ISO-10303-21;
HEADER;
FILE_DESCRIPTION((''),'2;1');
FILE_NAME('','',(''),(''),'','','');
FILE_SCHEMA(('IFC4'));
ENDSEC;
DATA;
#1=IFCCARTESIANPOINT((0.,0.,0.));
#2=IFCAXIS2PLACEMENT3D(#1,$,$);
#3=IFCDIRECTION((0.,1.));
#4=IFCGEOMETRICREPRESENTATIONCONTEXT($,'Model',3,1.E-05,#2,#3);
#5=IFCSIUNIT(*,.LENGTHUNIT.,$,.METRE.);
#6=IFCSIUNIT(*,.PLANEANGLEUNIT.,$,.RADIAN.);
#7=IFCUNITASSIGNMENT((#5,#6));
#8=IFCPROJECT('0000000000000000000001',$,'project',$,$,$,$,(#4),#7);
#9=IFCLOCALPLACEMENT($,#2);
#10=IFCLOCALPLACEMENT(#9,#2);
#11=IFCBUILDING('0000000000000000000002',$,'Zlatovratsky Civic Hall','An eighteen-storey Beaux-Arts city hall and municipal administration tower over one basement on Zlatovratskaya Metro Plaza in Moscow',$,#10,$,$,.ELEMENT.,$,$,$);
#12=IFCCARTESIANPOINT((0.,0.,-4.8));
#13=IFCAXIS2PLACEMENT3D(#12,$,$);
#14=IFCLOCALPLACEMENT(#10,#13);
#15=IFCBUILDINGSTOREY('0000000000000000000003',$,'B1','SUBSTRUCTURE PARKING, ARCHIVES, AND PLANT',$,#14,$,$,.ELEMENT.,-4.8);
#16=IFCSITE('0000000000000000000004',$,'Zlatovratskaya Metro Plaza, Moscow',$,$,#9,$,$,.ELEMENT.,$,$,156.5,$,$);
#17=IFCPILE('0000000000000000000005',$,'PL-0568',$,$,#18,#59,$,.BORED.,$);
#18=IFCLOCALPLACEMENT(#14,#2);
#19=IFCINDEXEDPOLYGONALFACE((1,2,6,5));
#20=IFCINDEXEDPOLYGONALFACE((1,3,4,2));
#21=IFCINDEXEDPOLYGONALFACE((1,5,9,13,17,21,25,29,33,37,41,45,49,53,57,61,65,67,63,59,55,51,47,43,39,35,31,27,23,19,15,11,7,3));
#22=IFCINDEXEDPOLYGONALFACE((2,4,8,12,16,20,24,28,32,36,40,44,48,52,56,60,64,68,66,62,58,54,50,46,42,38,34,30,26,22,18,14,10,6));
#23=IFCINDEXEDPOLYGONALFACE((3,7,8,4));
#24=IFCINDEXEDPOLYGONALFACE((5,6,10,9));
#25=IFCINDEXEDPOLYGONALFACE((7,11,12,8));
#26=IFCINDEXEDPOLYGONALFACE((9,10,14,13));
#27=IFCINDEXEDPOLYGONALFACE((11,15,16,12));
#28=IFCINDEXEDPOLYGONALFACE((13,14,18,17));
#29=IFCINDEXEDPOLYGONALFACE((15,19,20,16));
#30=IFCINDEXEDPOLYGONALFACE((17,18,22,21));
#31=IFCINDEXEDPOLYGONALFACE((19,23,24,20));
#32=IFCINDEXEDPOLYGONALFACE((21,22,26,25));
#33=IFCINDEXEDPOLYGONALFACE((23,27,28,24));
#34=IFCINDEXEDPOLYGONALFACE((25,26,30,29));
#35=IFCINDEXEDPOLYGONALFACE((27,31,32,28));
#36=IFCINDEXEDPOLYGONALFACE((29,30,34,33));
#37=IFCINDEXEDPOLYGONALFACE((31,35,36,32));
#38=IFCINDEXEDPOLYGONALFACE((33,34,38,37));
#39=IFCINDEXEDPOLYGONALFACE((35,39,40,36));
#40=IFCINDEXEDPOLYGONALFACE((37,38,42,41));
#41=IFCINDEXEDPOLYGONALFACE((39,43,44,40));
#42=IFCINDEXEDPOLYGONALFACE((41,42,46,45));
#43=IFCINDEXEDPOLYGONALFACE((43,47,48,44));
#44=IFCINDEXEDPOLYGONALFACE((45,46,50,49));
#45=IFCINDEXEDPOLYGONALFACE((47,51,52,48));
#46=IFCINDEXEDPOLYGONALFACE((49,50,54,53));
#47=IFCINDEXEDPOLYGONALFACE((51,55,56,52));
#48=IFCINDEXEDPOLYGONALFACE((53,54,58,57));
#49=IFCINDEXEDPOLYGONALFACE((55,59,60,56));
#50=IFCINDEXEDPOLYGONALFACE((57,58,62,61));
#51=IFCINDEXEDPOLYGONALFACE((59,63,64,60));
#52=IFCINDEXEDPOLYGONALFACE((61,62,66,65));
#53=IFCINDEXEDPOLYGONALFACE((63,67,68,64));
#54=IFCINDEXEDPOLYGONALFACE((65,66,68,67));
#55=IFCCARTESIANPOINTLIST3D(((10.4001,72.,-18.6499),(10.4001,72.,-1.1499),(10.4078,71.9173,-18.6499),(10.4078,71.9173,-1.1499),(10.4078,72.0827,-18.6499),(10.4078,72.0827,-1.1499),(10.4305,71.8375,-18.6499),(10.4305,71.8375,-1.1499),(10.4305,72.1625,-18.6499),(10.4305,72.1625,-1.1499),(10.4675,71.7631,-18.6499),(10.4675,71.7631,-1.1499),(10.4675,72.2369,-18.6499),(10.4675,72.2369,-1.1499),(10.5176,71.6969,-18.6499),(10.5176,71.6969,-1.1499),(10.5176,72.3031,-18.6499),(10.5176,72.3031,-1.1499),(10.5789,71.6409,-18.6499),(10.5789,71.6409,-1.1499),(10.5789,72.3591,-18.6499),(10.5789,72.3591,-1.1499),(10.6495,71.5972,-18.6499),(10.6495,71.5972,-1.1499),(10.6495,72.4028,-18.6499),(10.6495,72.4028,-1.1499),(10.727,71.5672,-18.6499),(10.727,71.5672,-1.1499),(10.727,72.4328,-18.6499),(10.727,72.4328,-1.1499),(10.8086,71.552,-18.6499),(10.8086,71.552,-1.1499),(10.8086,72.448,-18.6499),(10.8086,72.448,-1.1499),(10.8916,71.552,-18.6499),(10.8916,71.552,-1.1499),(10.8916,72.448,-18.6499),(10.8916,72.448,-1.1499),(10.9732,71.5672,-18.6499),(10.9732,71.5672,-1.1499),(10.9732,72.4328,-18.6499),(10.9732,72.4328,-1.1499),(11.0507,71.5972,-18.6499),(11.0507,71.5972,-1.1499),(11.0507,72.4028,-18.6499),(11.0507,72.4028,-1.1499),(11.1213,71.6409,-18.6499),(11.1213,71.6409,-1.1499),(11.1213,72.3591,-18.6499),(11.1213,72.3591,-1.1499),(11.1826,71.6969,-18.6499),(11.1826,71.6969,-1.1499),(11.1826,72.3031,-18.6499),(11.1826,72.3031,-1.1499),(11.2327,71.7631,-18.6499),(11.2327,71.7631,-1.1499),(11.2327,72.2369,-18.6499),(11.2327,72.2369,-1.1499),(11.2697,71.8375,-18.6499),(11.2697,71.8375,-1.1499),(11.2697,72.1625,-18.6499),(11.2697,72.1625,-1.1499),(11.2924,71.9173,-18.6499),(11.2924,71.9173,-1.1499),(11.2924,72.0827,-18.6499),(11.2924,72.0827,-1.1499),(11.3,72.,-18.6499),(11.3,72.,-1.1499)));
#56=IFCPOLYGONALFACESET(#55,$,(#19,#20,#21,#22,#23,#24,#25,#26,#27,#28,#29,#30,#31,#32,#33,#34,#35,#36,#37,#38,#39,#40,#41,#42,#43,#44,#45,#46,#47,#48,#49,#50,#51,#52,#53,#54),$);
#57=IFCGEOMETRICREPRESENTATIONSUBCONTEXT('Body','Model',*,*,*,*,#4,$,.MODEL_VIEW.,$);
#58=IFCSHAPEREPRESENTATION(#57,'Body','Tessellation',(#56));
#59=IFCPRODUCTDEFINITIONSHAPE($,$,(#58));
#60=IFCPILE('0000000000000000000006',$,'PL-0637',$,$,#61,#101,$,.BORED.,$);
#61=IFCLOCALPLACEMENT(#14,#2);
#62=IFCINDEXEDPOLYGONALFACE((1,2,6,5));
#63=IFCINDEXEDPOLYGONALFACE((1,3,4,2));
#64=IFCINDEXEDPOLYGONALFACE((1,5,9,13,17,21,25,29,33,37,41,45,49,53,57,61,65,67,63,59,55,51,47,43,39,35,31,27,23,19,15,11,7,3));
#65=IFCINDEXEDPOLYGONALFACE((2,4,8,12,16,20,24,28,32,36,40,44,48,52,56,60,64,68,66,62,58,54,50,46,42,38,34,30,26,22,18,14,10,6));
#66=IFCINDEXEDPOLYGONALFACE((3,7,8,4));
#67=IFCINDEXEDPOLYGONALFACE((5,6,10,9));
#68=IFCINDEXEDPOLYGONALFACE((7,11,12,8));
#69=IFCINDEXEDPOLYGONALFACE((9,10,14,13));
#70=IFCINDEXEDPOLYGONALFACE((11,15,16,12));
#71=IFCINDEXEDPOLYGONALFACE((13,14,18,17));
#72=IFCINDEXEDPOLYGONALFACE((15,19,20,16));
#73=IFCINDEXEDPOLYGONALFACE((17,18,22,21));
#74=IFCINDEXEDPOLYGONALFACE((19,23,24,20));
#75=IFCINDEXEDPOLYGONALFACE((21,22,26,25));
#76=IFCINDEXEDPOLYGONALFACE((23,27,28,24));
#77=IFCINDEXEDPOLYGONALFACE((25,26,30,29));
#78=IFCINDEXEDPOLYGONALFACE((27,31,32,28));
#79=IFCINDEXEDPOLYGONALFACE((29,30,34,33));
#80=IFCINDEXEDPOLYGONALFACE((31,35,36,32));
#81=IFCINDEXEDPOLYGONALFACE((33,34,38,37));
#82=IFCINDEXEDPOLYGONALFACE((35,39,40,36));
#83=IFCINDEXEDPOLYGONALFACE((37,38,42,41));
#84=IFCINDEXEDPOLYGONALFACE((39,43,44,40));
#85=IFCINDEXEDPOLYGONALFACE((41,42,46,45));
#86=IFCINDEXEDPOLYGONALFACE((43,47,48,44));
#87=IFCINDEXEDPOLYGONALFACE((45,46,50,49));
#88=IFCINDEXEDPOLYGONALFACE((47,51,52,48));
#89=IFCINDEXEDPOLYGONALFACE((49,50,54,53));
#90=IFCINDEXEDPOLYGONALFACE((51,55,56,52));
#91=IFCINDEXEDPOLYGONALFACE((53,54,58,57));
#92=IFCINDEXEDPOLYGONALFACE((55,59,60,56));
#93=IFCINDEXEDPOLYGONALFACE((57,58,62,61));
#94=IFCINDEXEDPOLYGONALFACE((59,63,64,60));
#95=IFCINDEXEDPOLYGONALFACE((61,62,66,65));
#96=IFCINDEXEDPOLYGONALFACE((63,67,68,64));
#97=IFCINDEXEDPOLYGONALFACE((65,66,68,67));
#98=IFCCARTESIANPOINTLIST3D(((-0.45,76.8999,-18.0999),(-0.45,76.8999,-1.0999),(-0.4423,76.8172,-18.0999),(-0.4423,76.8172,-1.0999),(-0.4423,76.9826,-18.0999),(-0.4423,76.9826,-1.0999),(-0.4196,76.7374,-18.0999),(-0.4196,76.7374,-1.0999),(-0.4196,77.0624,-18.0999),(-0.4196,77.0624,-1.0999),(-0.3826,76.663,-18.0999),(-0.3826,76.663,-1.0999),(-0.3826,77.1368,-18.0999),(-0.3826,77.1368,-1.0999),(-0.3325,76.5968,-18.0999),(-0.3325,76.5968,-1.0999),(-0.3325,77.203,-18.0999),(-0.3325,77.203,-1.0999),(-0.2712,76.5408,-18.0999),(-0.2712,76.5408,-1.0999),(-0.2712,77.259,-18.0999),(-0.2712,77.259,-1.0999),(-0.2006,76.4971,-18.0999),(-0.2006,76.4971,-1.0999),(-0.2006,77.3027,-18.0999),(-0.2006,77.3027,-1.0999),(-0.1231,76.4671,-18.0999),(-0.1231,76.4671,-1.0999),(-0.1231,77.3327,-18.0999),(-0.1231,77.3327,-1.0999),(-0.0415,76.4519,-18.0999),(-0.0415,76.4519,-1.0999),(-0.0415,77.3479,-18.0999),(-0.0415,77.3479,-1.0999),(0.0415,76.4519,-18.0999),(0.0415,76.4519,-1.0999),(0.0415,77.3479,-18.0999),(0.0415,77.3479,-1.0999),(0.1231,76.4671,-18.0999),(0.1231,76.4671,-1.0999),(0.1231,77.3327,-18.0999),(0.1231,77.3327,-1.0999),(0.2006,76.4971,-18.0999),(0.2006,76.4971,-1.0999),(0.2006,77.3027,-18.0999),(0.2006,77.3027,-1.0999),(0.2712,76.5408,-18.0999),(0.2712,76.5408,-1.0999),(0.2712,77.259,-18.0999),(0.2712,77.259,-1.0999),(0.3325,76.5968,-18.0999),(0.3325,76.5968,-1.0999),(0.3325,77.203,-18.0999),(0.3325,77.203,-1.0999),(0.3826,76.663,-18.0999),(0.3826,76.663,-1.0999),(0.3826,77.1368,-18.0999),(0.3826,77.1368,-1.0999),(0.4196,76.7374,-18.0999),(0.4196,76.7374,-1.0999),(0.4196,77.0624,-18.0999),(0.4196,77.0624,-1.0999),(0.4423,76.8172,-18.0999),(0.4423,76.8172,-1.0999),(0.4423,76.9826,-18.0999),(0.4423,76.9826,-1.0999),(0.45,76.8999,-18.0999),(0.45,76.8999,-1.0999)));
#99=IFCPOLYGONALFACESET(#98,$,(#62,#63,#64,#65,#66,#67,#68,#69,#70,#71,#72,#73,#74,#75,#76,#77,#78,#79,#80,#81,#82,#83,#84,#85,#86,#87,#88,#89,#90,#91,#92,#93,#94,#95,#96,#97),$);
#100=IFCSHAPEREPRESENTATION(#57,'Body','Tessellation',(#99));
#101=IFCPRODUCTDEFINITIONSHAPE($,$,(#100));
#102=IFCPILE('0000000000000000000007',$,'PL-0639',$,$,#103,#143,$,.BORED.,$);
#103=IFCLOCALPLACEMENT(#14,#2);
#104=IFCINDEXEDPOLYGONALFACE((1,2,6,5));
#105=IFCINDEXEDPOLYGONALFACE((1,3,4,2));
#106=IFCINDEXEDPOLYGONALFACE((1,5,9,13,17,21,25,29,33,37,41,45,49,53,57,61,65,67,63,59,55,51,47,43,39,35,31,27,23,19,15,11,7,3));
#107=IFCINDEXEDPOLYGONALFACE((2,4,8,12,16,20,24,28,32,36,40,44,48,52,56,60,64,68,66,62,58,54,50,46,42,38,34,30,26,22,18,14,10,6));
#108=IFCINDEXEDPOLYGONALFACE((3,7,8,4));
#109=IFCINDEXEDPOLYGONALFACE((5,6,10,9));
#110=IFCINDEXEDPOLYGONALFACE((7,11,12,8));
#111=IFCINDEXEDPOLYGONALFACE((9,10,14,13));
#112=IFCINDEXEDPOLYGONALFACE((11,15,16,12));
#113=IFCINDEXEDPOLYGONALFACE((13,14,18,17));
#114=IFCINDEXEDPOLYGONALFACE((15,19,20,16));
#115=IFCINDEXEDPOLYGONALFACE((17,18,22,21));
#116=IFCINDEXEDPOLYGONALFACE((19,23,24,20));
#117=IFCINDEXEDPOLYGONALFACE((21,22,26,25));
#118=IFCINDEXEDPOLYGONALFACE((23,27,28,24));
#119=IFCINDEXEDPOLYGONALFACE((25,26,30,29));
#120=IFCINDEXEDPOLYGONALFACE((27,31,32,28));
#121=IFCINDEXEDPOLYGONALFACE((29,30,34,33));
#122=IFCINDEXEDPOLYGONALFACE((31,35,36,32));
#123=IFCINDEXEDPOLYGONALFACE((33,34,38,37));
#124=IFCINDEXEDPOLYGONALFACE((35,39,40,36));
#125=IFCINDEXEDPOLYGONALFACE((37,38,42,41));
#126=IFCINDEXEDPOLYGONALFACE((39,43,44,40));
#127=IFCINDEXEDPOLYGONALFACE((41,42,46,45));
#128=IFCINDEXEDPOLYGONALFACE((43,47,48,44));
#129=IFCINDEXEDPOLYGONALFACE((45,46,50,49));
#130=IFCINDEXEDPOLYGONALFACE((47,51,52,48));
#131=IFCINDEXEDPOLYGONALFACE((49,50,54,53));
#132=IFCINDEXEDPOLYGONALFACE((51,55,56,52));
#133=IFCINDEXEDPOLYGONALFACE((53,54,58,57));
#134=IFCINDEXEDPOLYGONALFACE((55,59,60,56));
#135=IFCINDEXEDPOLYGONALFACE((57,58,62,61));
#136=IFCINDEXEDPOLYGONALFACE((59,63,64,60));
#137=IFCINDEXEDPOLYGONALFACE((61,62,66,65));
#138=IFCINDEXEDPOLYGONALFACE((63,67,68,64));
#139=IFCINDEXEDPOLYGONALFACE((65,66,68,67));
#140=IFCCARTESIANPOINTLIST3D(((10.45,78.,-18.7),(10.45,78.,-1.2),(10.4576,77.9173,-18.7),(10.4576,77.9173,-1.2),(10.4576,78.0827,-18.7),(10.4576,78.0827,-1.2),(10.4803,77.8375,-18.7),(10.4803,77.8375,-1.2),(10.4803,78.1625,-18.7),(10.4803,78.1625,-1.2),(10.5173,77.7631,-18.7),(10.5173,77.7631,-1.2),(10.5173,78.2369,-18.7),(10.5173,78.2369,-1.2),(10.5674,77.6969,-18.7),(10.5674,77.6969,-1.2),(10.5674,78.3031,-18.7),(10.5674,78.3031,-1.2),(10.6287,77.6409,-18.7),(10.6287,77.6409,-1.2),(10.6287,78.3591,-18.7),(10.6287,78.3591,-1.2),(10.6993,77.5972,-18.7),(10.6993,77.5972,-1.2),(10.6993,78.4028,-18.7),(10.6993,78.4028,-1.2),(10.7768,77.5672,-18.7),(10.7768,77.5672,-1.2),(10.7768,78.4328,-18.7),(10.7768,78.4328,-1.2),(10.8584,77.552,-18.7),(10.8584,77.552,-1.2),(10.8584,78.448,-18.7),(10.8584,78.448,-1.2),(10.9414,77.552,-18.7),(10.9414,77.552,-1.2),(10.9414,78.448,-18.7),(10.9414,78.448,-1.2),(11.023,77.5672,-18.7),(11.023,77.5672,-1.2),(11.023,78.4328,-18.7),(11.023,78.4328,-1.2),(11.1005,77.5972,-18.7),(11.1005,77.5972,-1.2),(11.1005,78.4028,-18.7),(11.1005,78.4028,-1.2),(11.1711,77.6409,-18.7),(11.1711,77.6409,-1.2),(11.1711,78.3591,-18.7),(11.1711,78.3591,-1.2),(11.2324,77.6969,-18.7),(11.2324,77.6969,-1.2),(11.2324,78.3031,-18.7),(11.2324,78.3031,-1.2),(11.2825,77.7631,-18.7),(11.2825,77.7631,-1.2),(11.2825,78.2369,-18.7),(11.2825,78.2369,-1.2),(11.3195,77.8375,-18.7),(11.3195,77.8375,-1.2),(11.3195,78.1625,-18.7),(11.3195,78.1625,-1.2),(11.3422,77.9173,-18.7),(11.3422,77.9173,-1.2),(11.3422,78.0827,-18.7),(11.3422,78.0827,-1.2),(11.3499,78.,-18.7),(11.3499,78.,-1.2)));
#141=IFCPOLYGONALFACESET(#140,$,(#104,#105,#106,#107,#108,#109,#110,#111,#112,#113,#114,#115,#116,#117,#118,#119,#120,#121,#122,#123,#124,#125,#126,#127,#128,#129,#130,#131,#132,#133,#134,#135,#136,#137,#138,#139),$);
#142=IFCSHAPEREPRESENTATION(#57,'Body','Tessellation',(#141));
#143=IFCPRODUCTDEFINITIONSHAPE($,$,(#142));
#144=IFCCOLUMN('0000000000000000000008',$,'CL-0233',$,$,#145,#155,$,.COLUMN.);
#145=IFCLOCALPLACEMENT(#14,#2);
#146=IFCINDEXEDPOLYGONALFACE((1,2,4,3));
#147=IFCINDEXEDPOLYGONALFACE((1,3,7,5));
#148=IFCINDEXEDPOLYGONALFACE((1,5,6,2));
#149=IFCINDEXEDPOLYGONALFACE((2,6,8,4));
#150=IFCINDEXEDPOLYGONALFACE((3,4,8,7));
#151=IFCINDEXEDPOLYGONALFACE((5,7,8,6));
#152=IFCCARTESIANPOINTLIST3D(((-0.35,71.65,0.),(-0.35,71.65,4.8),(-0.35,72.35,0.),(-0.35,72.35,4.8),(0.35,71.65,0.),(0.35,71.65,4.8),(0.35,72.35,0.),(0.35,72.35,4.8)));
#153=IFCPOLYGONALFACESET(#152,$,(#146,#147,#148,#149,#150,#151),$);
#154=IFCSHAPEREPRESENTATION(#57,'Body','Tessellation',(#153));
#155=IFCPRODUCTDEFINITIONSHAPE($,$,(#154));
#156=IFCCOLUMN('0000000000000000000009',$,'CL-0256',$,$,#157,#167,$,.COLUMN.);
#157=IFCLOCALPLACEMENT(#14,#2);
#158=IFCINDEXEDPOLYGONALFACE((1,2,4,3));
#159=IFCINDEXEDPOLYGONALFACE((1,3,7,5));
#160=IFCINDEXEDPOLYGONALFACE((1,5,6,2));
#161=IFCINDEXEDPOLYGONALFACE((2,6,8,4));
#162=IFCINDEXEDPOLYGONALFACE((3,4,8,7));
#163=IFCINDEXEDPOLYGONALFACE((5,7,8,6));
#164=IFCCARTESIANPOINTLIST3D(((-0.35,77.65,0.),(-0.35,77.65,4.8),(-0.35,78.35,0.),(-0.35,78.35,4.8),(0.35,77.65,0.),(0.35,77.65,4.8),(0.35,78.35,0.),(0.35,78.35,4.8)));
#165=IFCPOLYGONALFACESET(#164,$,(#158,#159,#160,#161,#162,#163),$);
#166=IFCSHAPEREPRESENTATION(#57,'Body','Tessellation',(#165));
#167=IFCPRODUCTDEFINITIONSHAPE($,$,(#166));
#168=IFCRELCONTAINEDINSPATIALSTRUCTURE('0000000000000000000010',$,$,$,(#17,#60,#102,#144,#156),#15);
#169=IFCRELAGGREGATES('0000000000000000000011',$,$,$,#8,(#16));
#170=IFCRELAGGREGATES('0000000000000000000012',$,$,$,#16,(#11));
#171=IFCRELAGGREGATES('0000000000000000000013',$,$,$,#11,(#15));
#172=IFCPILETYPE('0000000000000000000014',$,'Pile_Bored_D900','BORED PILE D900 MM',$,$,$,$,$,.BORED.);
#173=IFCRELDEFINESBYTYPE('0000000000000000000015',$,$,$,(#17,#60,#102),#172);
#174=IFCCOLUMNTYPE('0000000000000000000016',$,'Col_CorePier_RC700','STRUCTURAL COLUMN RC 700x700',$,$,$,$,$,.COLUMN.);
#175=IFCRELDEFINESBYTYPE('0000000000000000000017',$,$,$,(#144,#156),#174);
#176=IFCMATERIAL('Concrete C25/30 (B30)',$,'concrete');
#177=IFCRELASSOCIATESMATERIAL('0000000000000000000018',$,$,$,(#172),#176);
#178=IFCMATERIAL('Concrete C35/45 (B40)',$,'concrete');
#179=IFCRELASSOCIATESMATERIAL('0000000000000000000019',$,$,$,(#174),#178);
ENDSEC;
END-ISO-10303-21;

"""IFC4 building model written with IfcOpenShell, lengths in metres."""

from ifc_helpers import new_model, si_unit, direction, frame, origin, origin_2d, place, context, subcontext, project, spatial, rectangle, circle, extrude, material, material_profile, profile_set, type_object, element, save


model = new_model("IFC4")

# Units and contexts
model_context = context("Model", 3, precision=1e-05, world=origin(), true_north=direction((0.0, 1.0)))
body_context = subcontext(model_context, "Body", "Model", "MODEL_VIEW")
ifc_project = project(units=[si_unit("LENGTHUNIT", "METRE"), si_unit("PLANEANGLEUNIT", "RADIAN")], contexts=[model_context])

# Site, building, storey
site_placement = place(None, origin())
site = spatial("IfcSite", under=ifc_project, at=site_placement, Name="Zlatovratskaya Metro Plaza, Moscow", CompositionType="ELEMENT", RefElevation=156.5)
building_placement = place(site_placement, origin())
building = spatial("IfcBuilding", under=site, at=building_placement, Name="Zlatovratsky Civic Hall", Description="An eighteen-storey Beaux-Arts city hall and municipal administration tower over one basement on Zlatovratskaya Metro Plaza in Moscow", CompositionType="ELEMENT")
storey_placement = place(building_placement, frame((0.0, 0.0, -4.8)))
storey = spatial("IfcBuildingStorey", under=building, at=storey_placement, Name="B1", Description="SUBSTRUCTURE PARKING, ARCHIVES, AND PLANT", CompositionType="ELEMENT", Elevation=-4.8)

# Shared definitions
ifc_material_1 = material(Name="Concrete C25/30 (B30)", Category="concrete")

# Piles
ifc_material_profile_1 = material_profile(ifc_material_1, circle(Radius=0.45, at=origin_2d()), Name="PILE D900")
ifc_profile_set_1 = profile_set([ifc_material_profile_1], Name="Concrete C25/30 (B30)")
pile_type = type_object("IfcPileType", Name="Pile_Bored_D900", Description="BORED PILE D900 MM", PredefinedType="BORED", material=ifc_profile_set_1)
pile_1_placement = place(storey_placement, frame((10.8501, 72.0, -1.1499), z_axis=(0.0, 0.0, -1.0), x_axis=(1.0, 0.0, 0.0)))
element("IfcPile", 1, at=pile_1_placement, inside=storey, type_object=pile_type, Name="PL-0568", PredefinedType="BORED", context=body_context, shape_type="SweptSolid", body=[
    extrude(circle(Radius=0.45, at=origin_2d()), origin(), (0.0, 0.0, 1.0), 17.5),
])
pile_2_placement = place(storey_placement, frame((0.0, 76.8999, -1.0999), z_axis=(0.0, 0.0, -1.0), x_axis=(1.0, 0.0, 0.0)))
element("IfcPile", 2, at=pile_2_placement, inside=storey, type_object=pile_type, Name="PL-0637", PredefinedType="BORED", context=body_context, shape_type="SweptSolid", body=[
    extrude(circle(Radius=0.45, at=origin_2d()), origin(), (0.0, 0.0, 1.0), 17.0),
])
pile_3_placement = place(storey_placement, frame((10.8999, 78.0, -1.2), z_axis=(0.0, 0.0, -1.0), x_axis=(1.0, 0.0, 0.0)))
element("IfcPile", 3, at=pile_3_placement, inside=storey, type_object=pile_type, Name="PL-0639", PredefinedType="BORED", context=body_context, shape_type="SweptSolid", body=[
    extrude(circle(Radius=0.45, at=origin_2d()), origin(), (0.0, 0.0, 1.0), 17.5),
])

# Columns
ifc_material_2 = material(Name="Concrete C35/45 (B40)", Category="concrete")
ifc_material_profile_2 = material_profile(ifc_material_2, rectangle(XDim=0.7, YDim=0.7, at=origin_2d()), Name="RC 700x700")
ifc_profile_set_2 = profile_set([ifc_material_profile_2], Name="Concrete C35/45 (B40)")
column_type_1 = type_object("IfcColumnType", Name="Col_CorePier_RC700", Description="STRUCTURAL COLUMN RC 700x700", PredefinedType="COLUMN", material=ifc_profile_set_2)
for number, where, z_axis, x_axis, name in (
    (4, (0.0, 72.0, 0.0), (0.0, 0.0, 1.0), (1.0, 0.0, 0.0), "CL-0233"),
    (5, (0.0, 78.0, 0.0), (0.0, 0.0, 1.0), (1.0, 0.0, 0.0), "CL-0256"),
):
    element("IfcColumn", number, at=place(storey_placement, frame(where, z_axis=z_axis, x_axis=x_axis)), inside=storey, type_object=column_type_1, Name=name, PredefinedType="COLUMN", context=body_context, shape_type="SweptSolid", body=[
        extrude(rectangle(XDim=0.7, YDim=0.7, at=origin_2d()), origin(), (0.0, 0.0, 1.0), 4.8),
    ])

save(model, "model.ifc")
